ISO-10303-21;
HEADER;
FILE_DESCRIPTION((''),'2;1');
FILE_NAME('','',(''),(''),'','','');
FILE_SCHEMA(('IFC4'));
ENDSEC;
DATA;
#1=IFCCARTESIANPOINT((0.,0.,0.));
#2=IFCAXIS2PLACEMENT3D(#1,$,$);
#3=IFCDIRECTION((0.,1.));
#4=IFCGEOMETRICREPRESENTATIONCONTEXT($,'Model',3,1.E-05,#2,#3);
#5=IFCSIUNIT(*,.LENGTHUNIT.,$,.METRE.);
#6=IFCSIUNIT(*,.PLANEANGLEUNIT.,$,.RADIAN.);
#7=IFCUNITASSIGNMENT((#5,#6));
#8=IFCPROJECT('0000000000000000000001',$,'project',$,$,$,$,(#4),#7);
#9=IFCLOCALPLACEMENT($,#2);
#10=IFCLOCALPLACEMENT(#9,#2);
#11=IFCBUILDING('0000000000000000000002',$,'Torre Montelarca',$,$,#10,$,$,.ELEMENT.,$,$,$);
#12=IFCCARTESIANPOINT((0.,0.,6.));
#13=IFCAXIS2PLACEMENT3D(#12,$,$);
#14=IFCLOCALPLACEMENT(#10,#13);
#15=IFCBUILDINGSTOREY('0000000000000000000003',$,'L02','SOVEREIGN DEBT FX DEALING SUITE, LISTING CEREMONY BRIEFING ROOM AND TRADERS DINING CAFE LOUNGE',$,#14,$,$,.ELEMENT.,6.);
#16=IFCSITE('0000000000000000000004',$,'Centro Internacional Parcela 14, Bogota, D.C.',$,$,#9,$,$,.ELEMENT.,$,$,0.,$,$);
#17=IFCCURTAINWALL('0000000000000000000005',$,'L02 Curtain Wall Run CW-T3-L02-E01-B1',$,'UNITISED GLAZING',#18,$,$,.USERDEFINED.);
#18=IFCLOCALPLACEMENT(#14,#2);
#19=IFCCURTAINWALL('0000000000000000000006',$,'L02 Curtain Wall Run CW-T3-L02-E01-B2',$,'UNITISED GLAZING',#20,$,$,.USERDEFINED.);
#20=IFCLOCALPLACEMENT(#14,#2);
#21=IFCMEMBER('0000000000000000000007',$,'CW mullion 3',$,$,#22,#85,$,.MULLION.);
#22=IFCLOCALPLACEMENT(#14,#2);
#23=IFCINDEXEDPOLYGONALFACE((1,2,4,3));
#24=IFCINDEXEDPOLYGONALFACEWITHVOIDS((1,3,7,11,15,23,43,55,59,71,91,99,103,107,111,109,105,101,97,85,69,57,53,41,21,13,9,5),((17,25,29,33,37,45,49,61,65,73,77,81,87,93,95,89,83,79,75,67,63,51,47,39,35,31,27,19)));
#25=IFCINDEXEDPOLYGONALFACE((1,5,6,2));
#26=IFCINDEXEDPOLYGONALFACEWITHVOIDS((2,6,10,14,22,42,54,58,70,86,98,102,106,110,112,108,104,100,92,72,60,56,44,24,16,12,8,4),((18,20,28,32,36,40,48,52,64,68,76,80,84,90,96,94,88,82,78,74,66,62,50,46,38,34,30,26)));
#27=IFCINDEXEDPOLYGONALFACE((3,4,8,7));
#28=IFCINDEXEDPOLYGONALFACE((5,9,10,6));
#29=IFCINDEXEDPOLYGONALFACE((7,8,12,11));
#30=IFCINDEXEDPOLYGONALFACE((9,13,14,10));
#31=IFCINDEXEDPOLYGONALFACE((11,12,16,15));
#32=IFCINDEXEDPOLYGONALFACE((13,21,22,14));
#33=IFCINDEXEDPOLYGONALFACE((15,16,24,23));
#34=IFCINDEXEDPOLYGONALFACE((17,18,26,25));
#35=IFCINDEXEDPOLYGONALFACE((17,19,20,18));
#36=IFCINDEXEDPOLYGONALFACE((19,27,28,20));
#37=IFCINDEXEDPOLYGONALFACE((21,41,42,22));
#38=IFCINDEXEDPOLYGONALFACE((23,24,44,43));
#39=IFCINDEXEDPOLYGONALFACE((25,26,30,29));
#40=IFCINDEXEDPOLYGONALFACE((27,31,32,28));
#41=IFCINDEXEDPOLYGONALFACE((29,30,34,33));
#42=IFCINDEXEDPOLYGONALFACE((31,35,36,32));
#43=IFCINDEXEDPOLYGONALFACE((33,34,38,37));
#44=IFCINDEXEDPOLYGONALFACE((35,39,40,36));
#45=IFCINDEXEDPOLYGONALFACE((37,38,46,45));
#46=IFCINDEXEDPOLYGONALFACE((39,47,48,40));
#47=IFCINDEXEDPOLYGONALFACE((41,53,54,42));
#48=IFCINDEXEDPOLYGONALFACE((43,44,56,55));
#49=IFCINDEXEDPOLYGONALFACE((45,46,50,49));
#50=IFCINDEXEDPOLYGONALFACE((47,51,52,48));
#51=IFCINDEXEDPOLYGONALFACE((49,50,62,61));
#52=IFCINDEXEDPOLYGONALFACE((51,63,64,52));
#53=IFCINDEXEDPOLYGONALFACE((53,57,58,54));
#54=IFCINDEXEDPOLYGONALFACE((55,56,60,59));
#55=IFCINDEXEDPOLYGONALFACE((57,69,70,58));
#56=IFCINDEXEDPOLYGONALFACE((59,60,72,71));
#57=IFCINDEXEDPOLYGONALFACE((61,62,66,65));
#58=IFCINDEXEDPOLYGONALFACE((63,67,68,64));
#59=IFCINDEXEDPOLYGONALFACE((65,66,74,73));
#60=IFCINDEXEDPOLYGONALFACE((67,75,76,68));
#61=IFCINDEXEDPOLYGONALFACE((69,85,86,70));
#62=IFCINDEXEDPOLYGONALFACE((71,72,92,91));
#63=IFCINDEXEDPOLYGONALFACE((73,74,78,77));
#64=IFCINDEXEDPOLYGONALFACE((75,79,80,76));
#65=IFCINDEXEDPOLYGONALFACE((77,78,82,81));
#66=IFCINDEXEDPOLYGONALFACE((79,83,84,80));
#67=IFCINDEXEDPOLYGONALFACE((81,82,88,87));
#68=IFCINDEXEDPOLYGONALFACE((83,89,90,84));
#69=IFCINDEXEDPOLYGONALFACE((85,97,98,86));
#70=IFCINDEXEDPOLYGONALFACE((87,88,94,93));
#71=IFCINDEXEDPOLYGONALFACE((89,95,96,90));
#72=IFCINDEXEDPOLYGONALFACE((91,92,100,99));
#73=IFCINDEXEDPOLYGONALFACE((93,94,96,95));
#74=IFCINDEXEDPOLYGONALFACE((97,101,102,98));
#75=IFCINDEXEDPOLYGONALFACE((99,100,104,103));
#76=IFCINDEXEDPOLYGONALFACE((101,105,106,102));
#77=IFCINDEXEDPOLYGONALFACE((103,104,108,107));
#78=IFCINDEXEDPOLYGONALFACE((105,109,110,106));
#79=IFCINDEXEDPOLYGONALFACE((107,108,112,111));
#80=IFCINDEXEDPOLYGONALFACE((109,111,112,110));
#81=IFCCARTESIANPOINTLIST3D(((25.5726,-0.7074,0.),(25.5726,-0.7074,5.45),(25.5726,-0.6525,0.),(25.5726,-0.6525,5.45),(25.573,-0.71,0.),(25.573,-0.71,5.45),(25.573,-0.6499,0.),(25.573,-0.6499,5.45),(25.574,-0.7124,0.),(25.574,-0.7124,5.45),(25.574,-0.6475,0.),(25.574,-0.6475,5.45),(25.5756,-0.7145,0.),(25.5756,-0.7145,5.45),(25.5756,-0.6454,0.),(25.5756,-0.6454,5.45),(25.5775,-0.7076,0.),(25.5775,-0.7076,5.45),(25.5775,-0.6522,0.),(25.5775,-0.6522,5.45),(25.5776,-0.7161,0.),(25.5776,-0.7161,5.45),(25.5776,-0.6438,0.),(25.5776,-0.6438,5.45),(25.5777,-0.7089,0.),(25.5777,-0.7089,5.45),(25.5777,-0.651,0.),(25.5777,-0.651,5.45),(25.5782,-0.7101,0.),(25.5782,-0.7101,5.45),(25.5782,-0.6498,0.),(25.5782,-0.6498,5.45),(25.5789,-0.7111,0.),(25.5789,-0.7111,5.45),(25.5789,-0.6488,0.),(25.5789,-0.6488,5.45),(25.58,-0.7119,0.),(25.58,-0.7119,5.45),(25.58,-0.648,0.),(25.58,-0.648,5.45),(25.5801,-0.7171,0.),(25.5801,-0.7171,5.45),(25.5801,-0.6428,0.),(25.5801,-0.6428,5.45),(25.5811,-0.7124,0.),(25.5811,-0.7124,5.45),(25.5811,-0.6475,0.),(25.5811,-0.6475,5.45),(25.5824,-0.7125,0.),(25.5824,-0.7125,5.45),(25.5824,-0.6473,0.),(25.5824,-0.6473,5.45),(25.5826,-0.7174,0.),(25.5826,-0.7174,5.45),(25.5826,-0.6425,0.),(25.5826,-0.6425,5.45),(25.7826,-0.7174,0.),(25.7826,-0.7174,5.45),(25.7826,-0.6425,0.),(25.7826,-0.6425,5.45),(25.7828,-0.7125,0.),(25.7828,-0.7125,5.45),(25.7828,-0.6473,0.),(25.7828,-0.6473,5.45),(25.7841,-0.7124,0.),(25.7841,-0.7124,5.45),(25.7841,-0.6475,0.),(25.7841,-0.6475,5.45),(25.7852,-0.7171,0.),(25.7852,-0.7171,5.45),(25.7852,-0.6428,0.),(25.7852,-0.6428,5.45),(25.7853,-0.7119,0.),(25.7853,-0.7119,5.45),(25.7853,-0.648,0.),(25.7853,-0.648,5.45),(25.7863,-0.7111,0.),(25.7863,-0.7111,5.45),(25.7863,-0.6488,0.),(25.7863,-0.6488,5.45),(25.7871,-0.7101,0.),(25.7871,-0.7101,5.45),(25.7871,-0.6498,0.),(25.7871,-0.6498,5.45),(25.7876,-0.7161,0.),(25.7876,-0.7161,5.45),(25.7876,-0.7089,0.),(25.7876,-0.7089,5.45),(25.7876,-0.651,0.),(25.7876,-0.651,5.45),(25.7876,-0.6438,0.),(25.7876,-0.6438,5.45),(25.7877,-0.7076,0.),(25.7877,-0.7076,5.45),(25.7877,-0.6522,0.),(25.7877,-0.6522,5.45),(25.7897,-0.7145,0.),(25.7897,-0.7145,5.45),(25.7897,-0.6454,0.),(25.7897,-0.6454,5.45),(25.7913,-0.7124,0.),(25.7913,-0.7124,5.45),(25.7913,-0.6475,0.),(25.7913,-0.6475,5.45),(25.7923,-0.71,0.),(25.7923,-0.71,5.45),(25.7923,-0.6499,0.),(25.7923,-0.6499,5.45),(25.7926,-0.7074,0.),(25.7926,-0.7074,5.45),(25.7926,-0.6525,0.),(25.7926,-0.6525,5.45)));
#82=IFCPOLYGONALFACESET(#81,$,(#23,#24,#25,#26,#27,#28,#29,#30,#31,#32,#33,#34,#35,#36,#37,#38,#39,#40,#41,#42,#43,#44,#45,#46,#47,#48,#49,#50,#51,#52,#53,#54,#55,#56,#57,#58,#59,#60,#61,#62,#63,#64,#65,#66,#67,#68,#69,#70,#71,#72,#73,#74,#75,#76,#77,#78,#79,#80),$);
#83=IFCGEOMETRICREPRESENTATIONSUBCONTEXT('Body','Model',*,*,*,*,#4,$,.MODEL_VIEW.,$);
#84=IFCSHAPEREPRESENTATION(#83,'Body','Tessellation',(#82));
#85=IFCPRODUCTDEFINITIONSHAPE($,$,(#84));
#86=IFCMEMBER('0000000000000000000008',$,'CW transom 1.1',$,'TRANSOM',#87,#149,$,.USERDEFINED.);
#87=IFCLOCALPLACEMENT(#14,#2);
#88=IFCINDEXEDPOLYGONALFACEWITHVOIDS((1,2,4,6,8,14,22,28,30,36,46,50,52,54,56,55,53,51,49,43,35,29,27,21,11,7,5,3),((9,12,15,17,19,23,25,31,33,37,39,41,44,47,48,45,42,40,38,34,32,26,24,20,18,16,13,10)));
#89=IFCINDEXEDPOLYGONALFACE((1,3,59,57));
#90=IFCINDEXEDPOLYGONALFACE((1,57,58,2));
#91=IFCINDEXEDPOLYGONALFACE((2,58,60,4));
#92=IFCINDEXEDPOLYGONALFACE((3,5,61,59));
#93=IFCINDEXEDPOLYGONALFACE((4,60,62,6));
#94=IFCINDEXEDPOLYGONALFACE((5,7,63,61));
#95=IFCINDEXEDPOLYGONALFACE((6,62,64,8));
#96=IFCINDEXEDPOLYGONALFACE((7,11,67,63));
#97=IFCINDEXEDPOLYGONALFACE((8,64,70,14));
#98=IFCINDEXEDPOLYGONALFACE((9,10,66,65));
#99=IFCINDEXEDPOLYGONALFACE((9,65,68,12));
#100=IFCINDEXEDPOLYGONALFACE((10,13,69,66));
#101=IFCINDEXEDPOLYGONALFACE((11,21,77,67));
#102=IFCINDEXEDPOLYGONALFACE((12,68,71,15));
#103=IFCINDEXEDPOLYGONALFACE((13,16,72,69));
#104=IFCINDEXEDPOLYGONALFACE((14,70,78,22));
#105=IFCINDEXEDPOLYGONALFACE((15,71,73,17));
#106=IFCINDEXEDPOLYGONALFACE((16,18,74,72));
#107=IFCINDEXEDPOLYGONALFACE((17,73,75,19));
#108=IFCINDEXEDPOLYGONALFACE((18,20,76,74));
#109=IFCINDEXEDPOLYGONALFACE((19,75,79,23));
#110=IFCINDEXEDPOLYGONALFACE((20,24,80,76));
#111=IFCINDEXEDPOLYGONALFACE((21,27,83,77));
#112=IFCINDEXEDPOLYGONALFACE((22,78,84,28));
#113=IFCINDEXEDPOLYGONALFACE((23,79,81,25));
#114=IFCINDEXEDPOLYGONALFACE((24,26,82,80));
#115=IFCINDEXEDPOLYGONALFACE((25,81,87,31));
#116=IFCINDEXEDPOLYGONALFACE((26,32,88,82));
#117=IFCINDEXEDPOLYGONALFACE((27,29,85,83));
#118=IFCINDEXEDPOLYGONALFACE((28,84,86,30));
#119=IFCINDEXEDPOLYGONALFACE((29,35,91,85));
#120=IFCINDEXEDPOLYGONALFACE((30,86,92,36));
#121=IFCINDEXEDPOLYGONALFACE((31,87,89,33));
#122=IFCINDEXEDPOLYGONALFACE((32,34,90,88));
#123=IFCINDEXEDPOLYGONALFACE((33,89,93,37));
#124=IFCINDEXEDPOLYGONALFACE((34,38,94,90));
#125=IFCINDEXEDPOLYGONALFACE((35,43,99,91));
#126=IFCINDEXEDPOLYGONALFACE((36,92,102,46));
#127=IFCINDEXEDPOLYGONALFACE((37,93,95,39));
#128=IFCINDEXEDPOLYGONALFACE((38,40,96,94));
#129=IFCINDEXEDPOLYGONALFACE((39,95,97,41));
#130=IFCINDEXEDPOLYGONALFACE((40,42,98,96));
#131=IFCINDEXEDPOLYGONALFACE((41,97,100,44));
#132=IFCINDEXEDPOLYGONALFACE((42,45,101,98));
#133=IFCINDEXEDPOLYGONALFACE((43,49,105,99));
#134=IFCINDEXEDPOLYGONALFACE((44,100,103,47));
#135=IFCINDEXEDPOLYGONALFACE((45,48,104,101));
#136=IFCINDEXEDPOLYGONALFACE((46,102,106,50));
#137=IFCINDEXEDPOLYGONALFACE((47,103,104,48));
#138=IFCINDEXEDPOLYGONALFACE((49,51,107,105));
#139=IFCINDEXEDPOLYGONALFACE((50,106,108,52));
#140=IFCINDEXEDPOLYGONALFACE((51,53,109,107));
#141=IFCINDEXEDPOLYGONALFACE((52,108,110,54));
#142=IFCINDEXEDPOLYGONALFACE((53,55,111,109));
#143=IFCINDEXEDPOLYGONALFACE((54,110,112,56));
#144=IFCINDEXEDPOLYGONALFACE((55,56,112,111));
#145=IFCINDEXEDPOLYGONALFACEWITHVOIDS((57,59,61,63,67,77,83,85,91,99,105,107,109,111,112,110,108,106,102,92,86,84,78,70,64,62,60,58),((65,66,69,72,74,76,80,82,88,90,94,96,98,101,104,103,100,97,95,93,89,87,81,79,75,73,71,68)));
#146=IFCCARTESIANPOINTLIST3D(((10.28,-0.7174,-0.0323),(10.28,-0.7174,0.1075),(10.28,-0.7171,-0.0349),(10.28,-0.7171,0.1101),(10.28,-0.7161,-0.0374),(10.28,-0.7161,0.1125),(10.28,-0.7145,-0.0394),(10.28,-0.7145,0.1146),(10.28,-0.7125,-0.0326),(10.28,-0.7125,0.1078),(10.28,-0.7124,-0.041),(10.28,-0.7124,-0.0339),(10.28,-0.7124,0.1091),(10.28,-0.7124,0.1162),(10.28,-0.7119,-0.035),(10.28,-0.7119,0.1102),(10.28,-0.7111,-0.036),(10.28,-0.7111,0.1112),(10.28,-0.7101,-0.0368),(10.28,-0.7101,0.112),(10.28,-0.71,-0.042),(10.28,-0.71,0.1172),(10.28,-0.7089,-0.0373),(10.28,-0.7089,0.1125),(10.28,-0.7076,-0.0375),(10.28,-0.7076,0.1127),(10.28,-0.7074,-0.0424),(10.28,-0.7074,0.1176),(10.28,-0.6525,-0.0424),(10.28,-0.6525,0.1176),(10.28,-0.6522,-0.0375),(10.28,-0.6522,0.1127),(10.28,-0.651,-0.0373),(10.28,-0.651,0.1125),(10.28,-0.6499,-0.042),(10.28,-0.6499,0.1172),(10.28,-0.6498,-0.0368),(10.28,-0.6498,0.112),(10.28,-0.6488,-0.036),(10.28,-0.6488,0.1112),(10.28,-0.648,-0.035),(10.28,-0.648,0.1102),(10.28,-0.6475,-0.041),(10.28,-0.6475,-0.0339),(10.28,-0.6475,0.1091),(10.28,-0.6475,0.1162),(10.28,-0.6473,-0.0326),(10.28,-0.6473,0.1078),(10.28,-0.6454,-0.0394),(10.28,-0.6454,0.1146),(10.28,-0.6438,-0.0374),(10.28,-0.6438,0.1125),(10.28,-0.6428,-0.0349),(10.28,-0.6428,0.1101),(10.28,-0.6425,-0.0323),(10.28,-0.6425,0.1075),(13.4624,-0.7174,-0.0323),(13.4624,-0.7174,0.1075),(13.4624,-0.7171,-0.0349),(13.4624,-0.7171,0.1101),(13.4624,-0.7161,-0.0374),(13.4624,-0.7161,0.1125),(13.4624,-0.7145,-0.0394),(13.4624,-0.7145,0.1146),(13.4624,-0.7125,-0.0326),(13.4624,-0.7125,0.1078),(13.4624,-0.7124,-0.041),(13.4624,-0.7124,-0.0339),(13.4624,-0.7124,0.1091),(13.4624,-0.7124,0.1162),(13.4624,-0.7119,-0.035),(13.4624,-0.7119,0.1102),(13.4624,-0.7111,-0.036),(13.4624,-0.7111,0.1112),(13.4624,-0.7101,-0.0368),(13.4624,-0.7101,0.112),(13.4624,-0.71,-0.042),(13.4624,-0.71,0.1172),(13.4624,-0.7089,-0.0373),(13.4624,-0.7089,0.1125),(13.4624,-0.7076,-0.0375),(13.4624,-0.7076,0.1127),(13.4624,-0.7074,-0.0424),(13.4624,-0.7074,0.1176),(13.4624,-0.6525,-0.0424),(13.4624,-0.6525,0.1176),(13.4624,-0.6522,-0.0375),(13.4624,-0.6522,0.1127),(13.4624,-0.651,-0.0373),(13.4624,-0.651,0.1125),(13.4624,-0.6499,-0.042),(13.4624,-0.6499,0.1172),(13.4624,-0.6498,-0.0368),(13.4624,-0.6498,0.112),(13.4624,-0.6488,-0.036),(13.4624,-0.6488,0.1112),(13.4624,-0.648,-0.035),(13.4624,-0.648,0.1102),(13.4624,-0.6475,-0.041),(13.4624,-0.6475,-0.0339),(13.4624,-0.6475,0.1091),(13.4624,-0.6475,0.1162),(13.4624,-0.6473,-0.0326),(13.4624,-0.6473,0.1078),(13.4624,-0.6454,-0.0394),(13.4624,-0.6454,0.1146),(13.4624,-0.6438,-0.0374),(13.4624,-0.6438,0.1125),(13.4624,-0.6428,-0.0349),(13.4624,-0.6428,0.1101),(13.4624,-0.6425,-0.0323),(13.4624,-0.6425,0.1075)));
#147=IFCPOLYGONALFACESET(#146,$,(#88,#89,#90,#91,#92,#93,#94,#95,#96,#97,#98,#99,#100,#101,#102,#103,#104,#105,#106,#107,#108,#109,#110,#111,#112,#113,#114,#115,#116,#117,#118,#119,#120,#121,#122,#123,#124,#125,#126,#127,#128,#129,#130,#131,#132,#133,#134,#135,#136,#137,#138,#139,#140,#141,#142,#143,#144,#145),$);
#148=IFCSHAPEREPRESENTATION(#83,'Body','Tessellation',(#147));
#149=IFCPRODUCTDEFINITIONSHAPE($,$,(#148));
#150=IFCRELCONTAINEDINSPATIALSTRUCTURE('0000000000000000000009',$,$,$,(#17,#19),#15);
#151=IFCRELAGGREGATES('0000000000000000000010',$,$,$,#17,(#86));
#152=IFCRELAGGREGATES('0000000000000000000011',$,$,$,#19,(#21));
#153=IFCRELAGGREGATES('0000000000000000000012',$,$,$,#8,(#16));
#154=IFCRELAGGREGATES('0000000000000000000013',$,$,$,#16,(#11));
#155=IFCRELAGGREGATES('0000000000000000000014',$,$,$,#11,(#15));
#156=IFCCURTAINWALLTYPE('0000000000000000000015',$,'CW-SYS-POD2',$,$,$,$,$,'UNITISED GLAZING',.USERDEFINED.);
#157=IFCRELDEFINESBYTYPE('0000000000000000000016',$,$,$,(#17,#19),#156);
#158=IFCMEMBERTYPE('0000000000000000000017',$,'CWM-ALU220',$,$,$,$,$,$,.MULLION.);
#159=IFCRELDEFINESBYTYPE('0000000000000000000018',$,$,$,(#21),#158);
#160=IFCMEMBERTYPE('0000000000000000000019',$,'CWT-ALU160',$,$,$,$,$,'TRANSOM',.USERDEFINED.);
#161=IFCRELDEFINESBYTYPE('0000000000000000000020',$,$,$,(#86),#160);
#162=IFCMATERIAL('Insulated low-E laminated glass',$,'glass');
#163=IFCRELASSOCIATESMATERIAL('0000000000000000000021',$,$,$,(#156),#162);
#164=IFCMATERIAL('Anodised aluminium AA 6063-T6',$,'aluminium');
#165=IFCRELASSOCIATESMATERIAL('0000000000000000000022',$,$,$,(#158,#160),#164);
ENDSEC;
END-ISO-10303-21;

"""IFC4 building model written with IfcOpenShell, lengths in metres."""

from ifc_helpers import new_model, si_unit, direction, frame, origin, origin_2d, place, context, subcontext, project, spatial, hollow_rectangle, extrude, source, transform, mapped, material, material_profile, profile_set, type_object, element, aggregate, save


model = new_model("IFC4")

# Units and contexts
model_context = context("Model", 3, precision=1e-05, world=origin(), true_north=direction((0.0, 1.0)))
body_context = subcontext(model_context, "Body", "Model", "MODEL_VIEW")
ifc_project = project(units=[si_unit("LENGTHUNIT", "METRE"), si_unit("PLANEANGLEUNIT", "RADIAN")], contexts=[model_context])

# Site, building, storey
site_placement = place(None, origin())
site = spatial("IfcSite", under=ifc_project, at=site_placement, Name="Centro Internacional Parcela 14, Bogota, D.C.", CompositionType="ELEMENT", RefElevation=0.0)
building_placement = place(site_placement, origin())
building = spatial("IfcBuilding", under=site, at=building_placement, Name="Torre Montelarca", CompositionType="ELEMENT")
storey_placement = place(building_placement, frame((0.0, 0.0, 6.0)))
storey = spatial("IfcBuildingStorey", under=building, at=storey_placement, Name="L02", Description="SOVEREIGN DEBT FX DEALING SUITE, LISTING CEREMONY BRIEFING ROOM AND TRADERS DINING CAFE LOUNGE", CompositionType="ELEMENT", Elevation=6.0)

# Curtain walls, member
ifc_material_1 = material(Name="Insulated low-E laminated glass", Category="glass")
curtain_wall_type = type_object("IfcCurtainWallType", Name="CW-SYS-POD2", ElementType="UNITISED GLAZING", PredefinedType="USERDEFINED", material=ifc_material_1)
curtain_wall_1_placement = place(storey_placement, origin())
curtain_wall_1 = element("IfcCurtainWall", 1, at=curtain_wall_1_placement, inside=storey, type_object=curtain_wall_type, Name="L02 Curtain Wall Run CW-T3-L02-E01-B1", ObjectType="UNITISED GLAZING", PredefinedType="USERDEFINED")
ifc_material_2 = material(Name="Anodised aluminium AA 6063-T6", Category="aluminium")
ifc_material_profile_1 = material_profile(ifc_material_2, hollow_rectangle(XDim=0.075, YDim=0.22, WallThickness=0.0049, InnerFilletRadius=0.0049, OuterFilletRadius=0.01, at=origin_2d()), Name="ALU75X220X5", Category="aluminium")
ifc_profile_set_1 = profile_set([ifc_material_profile_1], Name="Anodised aluminium AA 6063-T6")
member_type_1 = type_object("IfcMemberType", Name="CWM-ALU220", PredefinedType="MULLION", material=ifc_profile_set_1)
shared_shape_1 = source(origin(), body_context, "Body", "SweptSolid", [
    extrude(hollow_rectangle(XDim=0.075, YDim=0.22, WallThickness=0.0049, InnerFilletRadius=0.0049, OuterFilletRadius=0.01, at=origin_2d()), origin(), (0.0, 0.0, 1.0), 5.45),
])
curtain_wall_2_placement = place(storey_placement, origin())
curtain_wall_2 = element("IfcCurtainWall", 2, at=curtain_wall_2_placement, inside=storey, type_object=curtain_wall_type, Name="L02 Curtain Wall Run CW-T3-L02-E01-B2", ObjectType="UNITISED GLAZING", PredefinedType="USERDEFINED")
member_1_placement = place(storey_placement, frame((25.6826, -0.6799, 0.0), z_axis=(0.0, 0.0, 1.0), x_axis=(0.0, 1.0, 0.0)))
member_1 = element("IfcMember", 3, at=member_1_placement, type_object=member_type_1, Name="CW mullion 3", PredefinedType="MULLION", context=body_context, shape_type="MappedRepresentation", body=[
    mapped(shared_shape_1, transform((0.0, 0.0, 0.0), scale=1.0)),
])

# Member
ifc_material_profile_2 = material_profile(ifc_material_2, hollow_rectangle(XDim=0.075, YDim=0.1599, WallThickness=0.0049, InnerFilletRadius=0.0049, OuterFilletRadius=0.01, at=origin_2d()), Name="ALU75X160X5", Category="aluminium")
ifc_profile_set_2 = profile_set([ifc_material_profile_2], Name="Anodised aluminium AA 6063-T6")
member_type_2 = type_object("IfcMemberType", Name="CWT-ALU160", ElementType="TRANSOM", PredefinedType="USERDEFINED", material=ifc_profile_set_2)
shared_shape_2 = source(origin(), body_context, "Body", "SweptSolid", [
    extrude(hollow_rectangle(XDim=0.075, YDim=0.1599, WallThickness=0.0049, InnerFilletRadius=0.0049, OuterFilletRadius=0.01, at=origin_2d()), origin(), (0.0, 0.0, 1.0), 3.1824),
])
member_2_placement = place(storey_placement, frame((10.28, -0.6799, 0.0376), z_axis=(1.0, 0.0, 0.0), x_axis=(0.0, 1.0, 0.0)))
member_2 = element("IfcMember", 4, at=member_2_placement, type_object=member_type_2, Name="CW transom 1.1", ObjectType="TRANSOM", PredefinedType="USERDEFINED", context=body_context, shape_type="MappedRepresentation", body=[
    mapped(shared_shape_2, transform((0.0, 0.0, 0.0), scale=1.0)),
])

aggregate(curtain_wall_1, [member_2])
aggregate(curtain_wall_2, [member_1])

save(model, "model.ifc")
